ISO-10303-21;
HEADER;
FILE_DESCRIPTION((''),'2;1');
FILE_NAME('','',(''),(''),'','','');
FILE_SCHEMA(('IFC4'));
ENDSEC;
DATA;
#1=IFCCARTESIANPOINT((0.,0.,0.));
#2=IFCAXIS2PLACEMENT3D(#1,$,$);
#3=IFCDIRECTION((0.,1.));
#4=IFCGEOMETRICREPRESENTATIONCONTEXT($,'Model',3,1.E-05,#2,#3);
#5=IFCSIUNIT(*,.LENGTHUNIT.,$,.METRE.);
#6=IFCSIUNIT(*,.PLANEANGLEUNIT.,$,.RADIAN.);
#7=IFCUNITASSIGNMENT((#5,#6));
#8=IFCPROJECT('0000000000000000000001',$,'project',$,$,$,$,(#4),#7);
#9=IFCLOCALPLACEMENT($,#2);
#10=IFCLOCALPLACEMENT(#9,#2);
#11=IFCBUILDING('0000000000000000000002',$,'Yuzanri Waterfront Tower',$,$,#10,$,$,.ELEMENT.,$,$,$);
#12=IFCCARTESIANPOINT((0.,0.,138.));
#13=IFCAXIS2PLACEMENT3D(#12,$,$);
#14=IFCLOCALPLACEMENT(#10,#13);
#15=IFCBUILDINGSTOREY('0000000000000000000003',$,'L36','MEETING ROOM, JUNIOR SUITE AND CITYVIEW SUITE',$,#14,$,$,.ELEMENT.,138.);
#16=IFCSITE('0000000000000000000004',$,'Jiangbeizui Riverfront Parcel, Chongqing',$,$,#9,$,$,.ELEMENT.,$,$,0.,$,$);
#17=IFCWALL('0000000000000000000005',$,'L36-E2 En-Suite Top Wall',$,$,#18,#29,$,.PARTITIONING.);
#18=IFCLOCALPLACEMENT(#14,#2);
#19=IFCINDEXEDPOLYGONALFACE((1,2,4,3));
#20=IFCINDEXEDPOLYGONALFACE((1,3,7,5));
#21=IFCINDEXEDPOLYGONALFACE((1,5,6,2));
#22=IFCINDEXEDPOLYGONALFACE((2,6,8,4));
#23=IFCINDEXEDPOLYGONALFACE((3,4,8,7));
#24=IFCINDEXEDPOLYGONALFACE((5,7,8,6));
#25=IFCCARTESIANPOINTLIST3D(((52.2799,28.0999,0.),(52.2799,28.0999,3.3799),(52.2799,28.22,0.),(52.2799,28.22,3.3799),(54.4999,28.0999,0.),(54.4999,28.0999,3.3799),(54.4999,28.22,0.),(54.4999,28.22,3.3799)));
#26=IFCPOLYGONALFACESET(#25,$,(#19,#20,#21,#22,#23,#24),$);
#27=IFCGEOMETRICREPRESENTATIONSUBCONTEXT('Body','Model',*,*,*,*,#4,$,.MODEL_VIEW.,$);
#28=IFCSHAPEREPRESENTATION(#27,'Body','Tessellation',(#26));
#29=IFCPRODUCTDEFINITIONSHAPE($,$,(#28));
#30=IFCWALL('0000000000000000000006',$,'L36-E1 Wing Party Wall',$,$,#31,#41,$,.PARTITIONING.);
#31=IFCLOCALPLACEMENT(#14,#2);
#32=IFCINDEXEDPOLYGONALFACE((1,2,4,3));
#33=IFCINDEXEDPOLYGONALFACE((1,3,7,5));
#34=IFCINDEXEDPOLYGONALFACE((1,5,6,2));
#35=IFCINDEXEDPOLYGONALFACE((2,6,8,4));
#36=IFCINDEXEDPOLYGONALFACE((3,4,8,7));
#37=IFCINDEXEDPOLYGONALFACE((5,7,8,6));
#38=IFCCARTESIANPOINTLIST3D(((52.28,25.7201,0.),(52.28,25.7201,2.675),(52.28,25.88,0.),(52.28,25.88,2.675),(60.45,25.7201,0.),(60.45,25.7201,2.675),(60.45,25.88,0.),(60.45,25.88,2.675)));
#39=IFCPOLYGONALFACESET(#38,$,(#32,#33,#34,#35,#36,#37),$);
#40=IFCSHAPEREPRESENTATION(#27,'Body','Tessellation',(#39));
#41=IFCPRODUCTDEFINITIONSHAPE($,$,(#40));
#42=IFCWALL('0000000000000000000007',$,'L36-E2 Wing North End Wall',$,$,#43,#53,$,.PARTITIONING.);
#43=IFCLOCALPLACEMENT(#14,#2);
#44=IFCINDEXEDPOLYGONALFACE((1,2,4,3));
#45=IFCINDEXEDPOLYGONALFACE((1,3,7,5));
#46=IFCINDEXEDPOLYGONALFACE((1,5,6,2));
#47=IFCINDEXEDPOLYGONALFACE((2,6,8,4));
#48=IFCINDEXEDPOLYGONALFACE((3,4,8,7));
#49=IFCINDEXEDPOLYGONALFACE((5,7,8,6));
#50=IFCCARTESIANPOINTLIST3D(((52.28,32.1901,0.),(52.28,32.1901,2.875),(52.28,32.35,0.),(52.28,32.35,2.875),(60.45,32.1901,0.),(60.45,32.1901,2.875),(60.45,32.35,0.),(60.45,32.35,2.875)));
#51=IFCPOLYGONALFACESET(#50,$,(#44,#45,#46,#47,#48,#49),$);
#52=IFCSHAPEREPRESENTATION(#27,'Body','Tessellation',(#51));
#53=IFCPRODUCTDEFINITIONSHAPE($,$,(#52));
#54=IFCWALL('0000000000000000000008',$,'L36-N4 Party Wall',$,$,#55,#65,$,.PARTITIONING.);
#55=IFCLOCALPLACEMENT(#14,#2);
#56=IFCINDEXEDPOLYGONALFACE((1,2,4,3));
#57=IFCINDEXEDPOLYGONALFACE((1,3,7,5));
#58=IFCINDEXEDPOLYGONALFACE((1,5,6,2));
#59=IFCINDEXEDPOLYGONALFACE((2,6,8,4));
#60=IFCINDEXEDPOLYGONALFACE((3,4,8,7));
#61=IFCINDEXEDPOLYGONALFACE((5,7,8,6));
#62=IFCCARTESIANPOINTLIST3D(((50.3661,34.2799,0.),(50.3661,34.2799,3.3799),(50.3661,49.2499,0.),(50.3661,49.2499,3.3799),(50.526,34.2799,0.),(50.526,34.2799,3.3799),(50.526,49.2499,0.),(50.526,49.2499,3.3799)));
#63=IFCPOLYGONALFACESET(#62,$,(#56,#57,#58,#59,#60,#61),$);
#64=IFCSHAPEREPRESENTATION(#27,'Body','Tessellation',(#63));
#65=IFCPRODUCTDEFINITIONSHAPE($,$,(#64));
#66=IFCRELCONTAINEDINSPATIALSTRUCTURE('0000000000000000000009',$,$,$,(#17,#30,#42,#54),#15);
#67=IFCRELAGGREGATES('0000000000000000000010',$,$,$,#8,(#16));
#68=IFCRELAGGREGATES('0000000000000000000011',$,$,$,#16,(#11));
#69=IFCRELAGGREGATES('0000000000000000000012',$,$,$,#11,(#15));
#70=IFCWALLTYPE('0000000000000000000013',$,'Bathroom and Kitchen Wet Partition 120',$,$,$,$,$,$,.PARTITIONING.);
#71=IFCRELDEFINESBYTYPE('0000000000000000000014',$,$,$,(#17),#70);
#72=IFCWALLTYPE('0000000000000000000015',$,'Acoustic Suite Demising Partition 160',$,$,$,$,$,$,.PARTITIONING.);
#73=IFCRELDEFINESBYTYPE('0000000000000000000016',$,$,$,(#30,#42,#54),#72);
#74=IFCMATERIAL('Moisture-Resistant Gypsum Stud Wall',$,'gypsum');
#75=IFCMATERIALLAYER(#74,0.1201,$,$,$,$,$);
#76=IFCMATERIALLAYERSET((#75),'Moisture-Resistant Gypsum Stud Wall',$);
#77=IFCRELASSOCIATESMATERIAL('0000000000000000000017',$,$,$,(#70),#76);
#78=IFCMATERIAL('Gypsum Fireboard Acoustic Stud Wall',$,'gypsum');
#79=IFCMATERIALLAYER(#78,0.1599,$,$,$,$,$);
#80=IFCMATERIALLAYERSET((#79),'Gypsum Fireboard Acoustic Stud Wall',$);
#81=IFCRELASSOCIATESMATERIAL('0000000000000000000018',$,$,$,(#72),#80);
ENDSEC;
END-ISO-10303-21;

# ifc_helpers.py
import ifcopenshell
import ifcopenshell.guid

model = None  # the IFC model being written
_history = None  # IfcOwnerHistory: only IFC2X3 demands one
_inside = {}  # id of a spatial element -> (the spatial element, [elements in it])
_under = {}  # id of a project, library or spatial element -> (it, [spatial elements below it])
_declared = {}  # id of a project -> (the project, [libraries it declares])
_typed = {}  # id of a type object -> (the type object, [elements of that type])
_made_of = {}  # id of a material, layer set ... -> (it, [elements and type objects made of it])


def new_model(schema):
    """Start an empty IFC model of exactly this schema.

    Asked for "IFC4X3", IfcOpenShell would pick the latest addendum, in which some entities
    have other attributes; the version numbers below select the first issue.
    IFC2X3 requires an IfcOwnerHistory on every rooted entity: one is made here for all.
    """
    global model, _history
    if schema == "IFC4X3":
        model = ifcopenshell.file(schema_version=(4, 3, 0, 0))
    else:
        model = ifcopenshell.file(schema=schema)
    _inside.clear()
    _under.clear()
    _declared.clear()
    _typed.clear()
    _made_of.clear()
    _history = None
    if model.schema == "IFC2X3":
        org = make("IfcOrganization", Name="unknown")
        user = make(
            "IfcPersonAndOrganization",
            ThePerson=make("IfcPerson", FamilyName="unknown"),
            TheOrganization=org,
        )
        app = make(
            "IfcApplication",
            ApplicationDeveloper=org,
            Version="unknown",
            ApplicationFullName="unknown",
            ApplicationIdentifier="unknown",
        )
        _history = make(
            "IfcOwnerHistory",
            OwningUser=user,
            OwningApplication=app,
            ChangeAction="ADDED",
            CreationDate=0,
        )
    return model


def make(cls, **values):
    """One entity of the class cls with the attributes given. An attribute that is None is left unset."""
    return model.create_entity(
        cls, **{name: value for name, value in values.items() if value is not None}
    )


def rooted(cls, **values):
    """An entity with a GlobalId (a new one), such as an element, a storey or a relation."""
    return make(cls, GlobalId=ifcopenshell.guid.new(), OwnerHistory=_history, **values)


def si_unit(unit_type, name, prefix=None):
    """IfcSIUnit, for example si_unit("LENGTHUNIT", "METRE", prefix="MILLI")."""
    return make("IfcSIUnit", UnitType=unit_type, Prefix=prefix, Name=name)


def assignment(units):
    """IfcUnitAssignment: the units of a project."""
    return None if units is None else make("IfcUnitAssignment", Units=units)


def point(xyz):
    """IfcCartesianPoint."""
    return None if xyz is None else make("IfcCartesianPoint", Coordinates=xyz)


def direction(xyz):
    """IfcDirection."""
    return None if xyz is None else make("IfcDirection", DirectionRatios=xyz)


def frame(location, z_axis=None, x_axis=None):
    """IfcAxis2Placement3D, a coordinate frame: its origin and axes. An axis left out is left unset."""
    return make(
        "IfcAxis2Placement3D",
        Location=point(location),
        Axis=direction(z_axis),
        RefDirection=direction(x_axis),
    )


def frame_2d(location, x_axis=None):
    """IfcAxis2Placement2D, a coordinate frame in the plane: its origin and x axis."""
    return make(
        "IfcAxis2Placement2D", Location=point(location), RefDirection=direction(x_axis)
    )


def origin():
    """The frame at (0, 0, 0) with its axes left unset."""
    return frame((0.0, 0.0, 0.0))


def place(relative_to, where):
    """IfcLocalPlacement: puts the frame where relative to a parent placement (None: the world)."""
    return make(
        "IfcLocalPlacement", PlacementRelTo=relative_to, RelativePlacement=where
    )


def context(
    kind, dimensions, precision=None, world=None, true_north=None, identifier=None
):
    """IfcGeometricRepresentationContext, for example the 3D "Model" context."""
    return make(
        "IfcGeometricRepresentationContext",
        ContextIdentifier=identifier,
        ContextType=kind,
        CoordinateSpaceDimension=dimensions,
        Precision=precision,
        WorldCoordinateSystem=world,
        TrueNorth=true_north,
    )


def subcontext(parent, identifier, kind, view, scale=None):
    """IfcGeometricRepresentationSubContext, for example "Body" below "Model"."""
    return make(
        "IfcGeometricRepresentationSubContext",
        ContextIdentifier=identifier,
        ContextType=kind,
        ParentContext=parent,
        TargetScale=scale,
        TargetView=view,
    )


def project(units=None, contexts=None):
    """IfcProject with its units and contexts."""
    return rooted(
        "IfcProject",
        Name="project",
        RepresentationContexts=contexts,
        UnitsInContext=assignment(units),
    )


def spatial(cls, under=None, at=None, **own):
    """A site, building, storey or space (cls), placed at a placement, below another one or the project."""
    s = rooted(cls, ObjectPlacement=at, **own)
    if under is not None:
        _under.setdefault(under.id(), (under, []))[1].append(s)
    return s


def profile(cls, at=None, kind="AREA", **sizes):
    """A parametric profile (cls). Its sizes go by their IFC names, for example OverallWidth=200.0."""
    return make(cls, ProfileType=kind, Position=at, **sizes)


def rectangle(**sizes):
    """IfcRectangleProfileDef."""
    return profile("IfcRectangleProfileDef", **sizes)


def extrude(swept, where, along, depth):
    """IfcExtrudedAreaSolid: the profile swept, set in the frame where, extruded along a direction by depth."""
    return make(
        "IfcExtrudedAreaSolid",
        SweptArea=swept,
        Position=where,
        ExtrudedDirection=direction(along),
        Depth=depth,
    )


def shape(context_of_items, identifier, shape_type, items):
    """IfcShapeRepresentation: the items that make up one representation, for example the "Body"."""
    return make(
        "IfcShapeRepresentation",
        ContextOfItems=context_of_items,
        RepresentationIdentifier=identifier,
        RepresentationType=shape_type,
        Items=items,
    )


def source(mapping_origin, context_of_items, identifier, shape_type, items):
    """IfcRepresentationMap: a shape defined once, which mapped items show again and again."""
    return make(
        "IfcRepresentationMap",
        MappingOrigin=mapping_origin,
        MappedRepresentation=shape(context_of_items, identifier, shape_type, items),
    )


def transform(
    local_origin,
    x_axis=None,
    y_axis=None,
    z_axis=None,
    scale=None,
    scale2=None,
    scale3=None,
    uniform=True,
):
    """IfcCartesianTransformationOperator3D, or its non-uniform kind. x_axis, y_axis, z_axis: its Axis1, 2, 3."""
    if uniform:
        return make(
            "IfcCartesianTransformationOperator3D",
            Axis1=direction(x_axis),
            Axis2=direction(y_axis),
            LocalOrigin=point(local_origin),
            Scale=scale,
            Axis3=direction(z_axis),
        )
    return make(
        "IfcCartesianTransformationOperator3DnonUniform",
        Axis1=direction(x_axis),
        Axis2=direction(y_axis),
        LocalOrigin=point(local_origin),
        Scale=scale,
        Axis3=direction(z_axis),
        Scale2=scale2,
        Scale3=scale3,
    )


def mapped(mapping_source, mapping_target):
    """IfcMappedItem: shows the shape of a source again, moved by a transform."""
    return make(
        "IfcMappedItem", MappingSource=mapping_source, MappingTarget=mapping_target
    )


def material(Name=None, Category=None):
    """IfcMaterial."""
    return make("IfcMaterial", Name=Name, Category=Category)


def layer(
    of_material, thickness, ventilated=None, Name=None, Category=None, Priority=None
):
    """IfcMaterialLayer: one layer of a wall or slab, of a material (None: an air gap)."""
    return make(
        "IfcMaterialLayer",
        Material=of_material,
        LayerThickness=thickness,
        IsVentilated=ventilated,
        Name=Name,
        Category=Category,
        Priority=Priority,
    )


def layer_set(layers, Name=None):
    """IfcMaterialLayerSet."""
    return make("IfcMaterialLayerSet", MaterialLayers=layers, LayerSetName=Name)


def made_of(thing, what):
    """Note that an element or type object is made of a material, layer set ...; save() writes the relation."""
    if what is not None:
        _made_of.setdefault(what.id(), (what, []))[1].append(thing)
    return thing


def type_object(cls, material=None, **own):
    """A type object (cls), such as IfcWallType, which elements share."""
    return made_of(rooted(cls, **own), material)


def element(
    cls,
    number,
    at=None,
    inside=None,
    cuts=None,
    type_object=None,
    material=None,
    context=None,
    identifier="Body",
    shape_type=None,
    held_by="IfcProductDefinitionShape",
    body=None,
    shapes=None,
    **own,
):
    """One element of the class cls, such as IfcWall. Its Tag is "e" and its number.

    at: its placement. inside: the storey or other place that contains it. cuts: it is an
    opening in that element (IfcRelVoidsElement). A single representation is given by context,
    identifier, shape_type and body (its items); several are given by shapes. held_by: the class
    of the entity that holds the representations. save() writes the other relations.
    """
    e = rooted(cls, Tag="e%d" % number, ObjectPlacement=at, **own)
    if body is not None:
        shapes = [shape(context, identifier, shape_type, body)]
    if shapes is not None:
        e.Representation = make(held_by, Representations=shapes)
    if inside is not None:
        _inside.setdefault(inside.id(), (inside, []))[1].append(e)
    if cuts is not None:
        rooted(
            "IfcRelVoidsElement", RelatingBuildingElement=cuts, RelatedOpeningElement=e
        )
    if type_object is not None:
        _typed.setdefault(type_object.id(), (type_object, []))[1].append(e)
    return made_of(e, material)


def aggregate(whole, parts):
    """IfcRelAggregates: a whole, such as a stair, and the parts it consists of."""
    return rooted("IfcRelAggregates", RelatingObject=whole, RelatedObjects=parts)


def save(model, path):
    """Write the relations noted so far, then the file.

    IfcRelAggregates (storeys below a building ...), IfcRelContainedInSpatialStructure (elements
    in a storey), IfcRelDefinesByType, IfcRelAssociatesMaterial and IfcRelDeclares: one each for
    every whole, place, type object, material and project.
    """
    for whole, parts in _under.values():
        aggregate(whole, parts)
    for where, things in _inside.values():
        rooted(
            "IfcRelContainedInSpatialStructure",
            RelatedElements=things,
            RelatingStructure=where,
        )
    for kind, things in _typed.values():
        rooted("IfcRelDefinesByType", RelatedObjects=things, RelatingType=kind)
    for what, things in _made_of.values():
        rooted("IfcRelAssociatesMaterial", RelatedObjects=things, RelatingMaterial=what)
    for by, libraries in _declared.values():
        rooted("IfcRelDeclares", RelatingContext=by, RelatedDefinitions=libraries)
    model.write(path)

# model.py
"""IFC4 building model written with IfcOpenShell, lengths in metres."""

from ifc_helpers import new_model, si_unit, direction, frame, frame_2d, origin, place, context, subcontext, project, spatial, rectangle, extrude, source, transform, mapped, material, layer, layer_set, type_object, element, save


model = new_model("IFC4")

# Units and contexts
model_context = context("Model", 3, precision=1e-05, world=origin(), true_north=direction((0.0, 1.0)))
body_context = subcontext(model_context, "Body", "Model", "MODEL_VIEW")
ifc_project = project(units=[si_unit("LENGTHUNIT", "METRE"), si_unit("PLANEANGLEUNIT", "RADIAN")], contexts=[model_context])

# Site, building, storey
site_placement = place(None, origin())
site = spatial("IfcSite", under=ifc_project, at=site_placement, Name="Jiangbeizui Riverfront Parcel, Chongqing", CompositionType="ELEMENT", RefElevation=0.0)
building_placement = place(site_placement, origin())
building = spatial("IfcBuilding", under=site, at=building_placement, Name="Yuzanri Waterfront Tower", CompositionType="ELEMENT")
storey_placement = place(building_placement, frame((0.0, 0.0, 138.0)))
storey = spatial("IfcBuildingStorey", under=building, at=storey_placement, Name="L36", Description="MEETING ROOM, JUNIOR SUITE AND CITYVIEW SUITE", CompositionType="ELEMENT", Elevation=138.0)

# Shared definitions
ifc_material_1 = material(Name="Moisture-Resistant Gypsum Stud Wall", Category="gypsum")
ifc_layer_1 = layer(ifc_material_1, 0.1201)
ifc_layer_set_1 = layer_set([ifc_layer_1], Name="Moisture-Resistant Gypsum Stud Wall")
wall_type_1 = type_object("IfcWallType", Name="Bathroom and Kitchen Wet Partition 120", PredefinedType="PARTITIONING", material=ifc_layer_set_1)

# Walls
shared_shape_1 = source(origin(), body_context, "Body", "SweptSolid", [
    extrude(rectangle(XDim=2.22, YDim=0.1201, at=frame_2d((1.1099, 0.0))), origin(), (0.0, 0.0, 1.0), 3.3799),
])
wall_1_placement = place(storey_placement, frame((52.28, 28.1599, 0.0), z_axis=(0.0, 0.0, 1.0), x_axis=(1.0, 0.0, 0.0)))
element("IfcWall", 1, at=wall_1_placement, inside=storey, type_object=wall_type_1, Name="L36-E2 En-Suite Top Wall", PredefinedType="PARTITIONING", context=body_context, shape_type="MappedRepresentation", body=[
    mapped(shared_shape_1, transform((0.0, 0.0, 0.0), scale=1.0)),
])
ifc_material_2 = material(Name="Gypsum Fireboard Acoustic Stud Wall", Category="gypsum")
ifc_layer_2 = layer(ifc_material_2, 0.1599)
ifc_layer_set_2 = layer_set([ifc_layer_2], Name="Gypsum Fireboard Acoustic Stud Wall")
wall_type_2 = type_object("IfcWallType", Name="Acoustic Suite Demising Partition 160", PredefinedType="PARTITIONING", material=ifc_layer_set_2)
shared_shape_2 = source(origin(), body_context, "Body", "SweptSolid", [
    extrude(rectangle(XDim=8.1699, YDim=0.1599, at=frame_2d((4.085, 0.0))), origin(), (0.0, 0.0, 1.0), 2.675),
])
wall_2_placement = place(storey_placement, frame((52.28, 25.8, 0.0), z_axis=(0.0, 0.0, 1.0), x_axis=(1.0, 0.0, 0.0)))
element("IfcWall", 2, at=wall_2_placement, inside=storey, type_object=wall_type_2, Name="L36-E1 Wing Party Wall", PredefinedType="PARTITIONING", context=body_context, shape_type="MappedRepresentation", body=[
    mapped(shared_shape_2, transform((0.0, 0.0, 0.0), scale=1.0)),
])
shared_shape_3 = source(origin(), body_context, "Body", "SweptSolid", [
    extrude(rectangle(XDim=8.1699, YDim=0.1599, at=frame_2d((4.085, 0.0))), origin(), (0.0, 0.0, 1.0), 2.875),
])
wall_3_placement = place(storey_placement, frame((52.28, 32.27, 0.0), z_axis=(0.0, 0.0, 1.0), x_axis=(1.0, 0.0, 0.0)))
element("IfcWall", 3, at=wall_3_placement, inside=storey, type_object=wall_type_2, Name="L36-E2 Wing North End Wall", PredefinedType="PARTITIONING", context=body_context, shape_type="MappedRepresentation", body=[
    mapped(shared_shape_3, transform((0.0, 0.0, 0.0), scale=1.0)),
])
shared_shape_4 = source(origin(), body_context, "Body", "SweptSolid", [
    extrude(rectangle(XDim=14.97, YDim=0.1599, at=frame_2d((7.4849, 0.0))), origin(), (0.0, 0.0, 1.0), 3.3799),
])
wall_4_placement = place(storey_placement, frame((50.446, 34.28, 0.0), z_axis=(0.0, 0.0, 1.0), x_axis=(0.0, 1.0, 0.0)))
element("IfcWall", 4, at=wall_4_placement, inside=storey, type_object=wall_type_2, Name="L36-N4 Party Wall", PredefinedType="PARTITIONING", context=body_context, shape_type="MappedRepresentation", body=[
    mapped(shared_shape_4, transform((0.0, 0.0, 0.0), scale=1.0)),
])

save(model, "model.ifc")
